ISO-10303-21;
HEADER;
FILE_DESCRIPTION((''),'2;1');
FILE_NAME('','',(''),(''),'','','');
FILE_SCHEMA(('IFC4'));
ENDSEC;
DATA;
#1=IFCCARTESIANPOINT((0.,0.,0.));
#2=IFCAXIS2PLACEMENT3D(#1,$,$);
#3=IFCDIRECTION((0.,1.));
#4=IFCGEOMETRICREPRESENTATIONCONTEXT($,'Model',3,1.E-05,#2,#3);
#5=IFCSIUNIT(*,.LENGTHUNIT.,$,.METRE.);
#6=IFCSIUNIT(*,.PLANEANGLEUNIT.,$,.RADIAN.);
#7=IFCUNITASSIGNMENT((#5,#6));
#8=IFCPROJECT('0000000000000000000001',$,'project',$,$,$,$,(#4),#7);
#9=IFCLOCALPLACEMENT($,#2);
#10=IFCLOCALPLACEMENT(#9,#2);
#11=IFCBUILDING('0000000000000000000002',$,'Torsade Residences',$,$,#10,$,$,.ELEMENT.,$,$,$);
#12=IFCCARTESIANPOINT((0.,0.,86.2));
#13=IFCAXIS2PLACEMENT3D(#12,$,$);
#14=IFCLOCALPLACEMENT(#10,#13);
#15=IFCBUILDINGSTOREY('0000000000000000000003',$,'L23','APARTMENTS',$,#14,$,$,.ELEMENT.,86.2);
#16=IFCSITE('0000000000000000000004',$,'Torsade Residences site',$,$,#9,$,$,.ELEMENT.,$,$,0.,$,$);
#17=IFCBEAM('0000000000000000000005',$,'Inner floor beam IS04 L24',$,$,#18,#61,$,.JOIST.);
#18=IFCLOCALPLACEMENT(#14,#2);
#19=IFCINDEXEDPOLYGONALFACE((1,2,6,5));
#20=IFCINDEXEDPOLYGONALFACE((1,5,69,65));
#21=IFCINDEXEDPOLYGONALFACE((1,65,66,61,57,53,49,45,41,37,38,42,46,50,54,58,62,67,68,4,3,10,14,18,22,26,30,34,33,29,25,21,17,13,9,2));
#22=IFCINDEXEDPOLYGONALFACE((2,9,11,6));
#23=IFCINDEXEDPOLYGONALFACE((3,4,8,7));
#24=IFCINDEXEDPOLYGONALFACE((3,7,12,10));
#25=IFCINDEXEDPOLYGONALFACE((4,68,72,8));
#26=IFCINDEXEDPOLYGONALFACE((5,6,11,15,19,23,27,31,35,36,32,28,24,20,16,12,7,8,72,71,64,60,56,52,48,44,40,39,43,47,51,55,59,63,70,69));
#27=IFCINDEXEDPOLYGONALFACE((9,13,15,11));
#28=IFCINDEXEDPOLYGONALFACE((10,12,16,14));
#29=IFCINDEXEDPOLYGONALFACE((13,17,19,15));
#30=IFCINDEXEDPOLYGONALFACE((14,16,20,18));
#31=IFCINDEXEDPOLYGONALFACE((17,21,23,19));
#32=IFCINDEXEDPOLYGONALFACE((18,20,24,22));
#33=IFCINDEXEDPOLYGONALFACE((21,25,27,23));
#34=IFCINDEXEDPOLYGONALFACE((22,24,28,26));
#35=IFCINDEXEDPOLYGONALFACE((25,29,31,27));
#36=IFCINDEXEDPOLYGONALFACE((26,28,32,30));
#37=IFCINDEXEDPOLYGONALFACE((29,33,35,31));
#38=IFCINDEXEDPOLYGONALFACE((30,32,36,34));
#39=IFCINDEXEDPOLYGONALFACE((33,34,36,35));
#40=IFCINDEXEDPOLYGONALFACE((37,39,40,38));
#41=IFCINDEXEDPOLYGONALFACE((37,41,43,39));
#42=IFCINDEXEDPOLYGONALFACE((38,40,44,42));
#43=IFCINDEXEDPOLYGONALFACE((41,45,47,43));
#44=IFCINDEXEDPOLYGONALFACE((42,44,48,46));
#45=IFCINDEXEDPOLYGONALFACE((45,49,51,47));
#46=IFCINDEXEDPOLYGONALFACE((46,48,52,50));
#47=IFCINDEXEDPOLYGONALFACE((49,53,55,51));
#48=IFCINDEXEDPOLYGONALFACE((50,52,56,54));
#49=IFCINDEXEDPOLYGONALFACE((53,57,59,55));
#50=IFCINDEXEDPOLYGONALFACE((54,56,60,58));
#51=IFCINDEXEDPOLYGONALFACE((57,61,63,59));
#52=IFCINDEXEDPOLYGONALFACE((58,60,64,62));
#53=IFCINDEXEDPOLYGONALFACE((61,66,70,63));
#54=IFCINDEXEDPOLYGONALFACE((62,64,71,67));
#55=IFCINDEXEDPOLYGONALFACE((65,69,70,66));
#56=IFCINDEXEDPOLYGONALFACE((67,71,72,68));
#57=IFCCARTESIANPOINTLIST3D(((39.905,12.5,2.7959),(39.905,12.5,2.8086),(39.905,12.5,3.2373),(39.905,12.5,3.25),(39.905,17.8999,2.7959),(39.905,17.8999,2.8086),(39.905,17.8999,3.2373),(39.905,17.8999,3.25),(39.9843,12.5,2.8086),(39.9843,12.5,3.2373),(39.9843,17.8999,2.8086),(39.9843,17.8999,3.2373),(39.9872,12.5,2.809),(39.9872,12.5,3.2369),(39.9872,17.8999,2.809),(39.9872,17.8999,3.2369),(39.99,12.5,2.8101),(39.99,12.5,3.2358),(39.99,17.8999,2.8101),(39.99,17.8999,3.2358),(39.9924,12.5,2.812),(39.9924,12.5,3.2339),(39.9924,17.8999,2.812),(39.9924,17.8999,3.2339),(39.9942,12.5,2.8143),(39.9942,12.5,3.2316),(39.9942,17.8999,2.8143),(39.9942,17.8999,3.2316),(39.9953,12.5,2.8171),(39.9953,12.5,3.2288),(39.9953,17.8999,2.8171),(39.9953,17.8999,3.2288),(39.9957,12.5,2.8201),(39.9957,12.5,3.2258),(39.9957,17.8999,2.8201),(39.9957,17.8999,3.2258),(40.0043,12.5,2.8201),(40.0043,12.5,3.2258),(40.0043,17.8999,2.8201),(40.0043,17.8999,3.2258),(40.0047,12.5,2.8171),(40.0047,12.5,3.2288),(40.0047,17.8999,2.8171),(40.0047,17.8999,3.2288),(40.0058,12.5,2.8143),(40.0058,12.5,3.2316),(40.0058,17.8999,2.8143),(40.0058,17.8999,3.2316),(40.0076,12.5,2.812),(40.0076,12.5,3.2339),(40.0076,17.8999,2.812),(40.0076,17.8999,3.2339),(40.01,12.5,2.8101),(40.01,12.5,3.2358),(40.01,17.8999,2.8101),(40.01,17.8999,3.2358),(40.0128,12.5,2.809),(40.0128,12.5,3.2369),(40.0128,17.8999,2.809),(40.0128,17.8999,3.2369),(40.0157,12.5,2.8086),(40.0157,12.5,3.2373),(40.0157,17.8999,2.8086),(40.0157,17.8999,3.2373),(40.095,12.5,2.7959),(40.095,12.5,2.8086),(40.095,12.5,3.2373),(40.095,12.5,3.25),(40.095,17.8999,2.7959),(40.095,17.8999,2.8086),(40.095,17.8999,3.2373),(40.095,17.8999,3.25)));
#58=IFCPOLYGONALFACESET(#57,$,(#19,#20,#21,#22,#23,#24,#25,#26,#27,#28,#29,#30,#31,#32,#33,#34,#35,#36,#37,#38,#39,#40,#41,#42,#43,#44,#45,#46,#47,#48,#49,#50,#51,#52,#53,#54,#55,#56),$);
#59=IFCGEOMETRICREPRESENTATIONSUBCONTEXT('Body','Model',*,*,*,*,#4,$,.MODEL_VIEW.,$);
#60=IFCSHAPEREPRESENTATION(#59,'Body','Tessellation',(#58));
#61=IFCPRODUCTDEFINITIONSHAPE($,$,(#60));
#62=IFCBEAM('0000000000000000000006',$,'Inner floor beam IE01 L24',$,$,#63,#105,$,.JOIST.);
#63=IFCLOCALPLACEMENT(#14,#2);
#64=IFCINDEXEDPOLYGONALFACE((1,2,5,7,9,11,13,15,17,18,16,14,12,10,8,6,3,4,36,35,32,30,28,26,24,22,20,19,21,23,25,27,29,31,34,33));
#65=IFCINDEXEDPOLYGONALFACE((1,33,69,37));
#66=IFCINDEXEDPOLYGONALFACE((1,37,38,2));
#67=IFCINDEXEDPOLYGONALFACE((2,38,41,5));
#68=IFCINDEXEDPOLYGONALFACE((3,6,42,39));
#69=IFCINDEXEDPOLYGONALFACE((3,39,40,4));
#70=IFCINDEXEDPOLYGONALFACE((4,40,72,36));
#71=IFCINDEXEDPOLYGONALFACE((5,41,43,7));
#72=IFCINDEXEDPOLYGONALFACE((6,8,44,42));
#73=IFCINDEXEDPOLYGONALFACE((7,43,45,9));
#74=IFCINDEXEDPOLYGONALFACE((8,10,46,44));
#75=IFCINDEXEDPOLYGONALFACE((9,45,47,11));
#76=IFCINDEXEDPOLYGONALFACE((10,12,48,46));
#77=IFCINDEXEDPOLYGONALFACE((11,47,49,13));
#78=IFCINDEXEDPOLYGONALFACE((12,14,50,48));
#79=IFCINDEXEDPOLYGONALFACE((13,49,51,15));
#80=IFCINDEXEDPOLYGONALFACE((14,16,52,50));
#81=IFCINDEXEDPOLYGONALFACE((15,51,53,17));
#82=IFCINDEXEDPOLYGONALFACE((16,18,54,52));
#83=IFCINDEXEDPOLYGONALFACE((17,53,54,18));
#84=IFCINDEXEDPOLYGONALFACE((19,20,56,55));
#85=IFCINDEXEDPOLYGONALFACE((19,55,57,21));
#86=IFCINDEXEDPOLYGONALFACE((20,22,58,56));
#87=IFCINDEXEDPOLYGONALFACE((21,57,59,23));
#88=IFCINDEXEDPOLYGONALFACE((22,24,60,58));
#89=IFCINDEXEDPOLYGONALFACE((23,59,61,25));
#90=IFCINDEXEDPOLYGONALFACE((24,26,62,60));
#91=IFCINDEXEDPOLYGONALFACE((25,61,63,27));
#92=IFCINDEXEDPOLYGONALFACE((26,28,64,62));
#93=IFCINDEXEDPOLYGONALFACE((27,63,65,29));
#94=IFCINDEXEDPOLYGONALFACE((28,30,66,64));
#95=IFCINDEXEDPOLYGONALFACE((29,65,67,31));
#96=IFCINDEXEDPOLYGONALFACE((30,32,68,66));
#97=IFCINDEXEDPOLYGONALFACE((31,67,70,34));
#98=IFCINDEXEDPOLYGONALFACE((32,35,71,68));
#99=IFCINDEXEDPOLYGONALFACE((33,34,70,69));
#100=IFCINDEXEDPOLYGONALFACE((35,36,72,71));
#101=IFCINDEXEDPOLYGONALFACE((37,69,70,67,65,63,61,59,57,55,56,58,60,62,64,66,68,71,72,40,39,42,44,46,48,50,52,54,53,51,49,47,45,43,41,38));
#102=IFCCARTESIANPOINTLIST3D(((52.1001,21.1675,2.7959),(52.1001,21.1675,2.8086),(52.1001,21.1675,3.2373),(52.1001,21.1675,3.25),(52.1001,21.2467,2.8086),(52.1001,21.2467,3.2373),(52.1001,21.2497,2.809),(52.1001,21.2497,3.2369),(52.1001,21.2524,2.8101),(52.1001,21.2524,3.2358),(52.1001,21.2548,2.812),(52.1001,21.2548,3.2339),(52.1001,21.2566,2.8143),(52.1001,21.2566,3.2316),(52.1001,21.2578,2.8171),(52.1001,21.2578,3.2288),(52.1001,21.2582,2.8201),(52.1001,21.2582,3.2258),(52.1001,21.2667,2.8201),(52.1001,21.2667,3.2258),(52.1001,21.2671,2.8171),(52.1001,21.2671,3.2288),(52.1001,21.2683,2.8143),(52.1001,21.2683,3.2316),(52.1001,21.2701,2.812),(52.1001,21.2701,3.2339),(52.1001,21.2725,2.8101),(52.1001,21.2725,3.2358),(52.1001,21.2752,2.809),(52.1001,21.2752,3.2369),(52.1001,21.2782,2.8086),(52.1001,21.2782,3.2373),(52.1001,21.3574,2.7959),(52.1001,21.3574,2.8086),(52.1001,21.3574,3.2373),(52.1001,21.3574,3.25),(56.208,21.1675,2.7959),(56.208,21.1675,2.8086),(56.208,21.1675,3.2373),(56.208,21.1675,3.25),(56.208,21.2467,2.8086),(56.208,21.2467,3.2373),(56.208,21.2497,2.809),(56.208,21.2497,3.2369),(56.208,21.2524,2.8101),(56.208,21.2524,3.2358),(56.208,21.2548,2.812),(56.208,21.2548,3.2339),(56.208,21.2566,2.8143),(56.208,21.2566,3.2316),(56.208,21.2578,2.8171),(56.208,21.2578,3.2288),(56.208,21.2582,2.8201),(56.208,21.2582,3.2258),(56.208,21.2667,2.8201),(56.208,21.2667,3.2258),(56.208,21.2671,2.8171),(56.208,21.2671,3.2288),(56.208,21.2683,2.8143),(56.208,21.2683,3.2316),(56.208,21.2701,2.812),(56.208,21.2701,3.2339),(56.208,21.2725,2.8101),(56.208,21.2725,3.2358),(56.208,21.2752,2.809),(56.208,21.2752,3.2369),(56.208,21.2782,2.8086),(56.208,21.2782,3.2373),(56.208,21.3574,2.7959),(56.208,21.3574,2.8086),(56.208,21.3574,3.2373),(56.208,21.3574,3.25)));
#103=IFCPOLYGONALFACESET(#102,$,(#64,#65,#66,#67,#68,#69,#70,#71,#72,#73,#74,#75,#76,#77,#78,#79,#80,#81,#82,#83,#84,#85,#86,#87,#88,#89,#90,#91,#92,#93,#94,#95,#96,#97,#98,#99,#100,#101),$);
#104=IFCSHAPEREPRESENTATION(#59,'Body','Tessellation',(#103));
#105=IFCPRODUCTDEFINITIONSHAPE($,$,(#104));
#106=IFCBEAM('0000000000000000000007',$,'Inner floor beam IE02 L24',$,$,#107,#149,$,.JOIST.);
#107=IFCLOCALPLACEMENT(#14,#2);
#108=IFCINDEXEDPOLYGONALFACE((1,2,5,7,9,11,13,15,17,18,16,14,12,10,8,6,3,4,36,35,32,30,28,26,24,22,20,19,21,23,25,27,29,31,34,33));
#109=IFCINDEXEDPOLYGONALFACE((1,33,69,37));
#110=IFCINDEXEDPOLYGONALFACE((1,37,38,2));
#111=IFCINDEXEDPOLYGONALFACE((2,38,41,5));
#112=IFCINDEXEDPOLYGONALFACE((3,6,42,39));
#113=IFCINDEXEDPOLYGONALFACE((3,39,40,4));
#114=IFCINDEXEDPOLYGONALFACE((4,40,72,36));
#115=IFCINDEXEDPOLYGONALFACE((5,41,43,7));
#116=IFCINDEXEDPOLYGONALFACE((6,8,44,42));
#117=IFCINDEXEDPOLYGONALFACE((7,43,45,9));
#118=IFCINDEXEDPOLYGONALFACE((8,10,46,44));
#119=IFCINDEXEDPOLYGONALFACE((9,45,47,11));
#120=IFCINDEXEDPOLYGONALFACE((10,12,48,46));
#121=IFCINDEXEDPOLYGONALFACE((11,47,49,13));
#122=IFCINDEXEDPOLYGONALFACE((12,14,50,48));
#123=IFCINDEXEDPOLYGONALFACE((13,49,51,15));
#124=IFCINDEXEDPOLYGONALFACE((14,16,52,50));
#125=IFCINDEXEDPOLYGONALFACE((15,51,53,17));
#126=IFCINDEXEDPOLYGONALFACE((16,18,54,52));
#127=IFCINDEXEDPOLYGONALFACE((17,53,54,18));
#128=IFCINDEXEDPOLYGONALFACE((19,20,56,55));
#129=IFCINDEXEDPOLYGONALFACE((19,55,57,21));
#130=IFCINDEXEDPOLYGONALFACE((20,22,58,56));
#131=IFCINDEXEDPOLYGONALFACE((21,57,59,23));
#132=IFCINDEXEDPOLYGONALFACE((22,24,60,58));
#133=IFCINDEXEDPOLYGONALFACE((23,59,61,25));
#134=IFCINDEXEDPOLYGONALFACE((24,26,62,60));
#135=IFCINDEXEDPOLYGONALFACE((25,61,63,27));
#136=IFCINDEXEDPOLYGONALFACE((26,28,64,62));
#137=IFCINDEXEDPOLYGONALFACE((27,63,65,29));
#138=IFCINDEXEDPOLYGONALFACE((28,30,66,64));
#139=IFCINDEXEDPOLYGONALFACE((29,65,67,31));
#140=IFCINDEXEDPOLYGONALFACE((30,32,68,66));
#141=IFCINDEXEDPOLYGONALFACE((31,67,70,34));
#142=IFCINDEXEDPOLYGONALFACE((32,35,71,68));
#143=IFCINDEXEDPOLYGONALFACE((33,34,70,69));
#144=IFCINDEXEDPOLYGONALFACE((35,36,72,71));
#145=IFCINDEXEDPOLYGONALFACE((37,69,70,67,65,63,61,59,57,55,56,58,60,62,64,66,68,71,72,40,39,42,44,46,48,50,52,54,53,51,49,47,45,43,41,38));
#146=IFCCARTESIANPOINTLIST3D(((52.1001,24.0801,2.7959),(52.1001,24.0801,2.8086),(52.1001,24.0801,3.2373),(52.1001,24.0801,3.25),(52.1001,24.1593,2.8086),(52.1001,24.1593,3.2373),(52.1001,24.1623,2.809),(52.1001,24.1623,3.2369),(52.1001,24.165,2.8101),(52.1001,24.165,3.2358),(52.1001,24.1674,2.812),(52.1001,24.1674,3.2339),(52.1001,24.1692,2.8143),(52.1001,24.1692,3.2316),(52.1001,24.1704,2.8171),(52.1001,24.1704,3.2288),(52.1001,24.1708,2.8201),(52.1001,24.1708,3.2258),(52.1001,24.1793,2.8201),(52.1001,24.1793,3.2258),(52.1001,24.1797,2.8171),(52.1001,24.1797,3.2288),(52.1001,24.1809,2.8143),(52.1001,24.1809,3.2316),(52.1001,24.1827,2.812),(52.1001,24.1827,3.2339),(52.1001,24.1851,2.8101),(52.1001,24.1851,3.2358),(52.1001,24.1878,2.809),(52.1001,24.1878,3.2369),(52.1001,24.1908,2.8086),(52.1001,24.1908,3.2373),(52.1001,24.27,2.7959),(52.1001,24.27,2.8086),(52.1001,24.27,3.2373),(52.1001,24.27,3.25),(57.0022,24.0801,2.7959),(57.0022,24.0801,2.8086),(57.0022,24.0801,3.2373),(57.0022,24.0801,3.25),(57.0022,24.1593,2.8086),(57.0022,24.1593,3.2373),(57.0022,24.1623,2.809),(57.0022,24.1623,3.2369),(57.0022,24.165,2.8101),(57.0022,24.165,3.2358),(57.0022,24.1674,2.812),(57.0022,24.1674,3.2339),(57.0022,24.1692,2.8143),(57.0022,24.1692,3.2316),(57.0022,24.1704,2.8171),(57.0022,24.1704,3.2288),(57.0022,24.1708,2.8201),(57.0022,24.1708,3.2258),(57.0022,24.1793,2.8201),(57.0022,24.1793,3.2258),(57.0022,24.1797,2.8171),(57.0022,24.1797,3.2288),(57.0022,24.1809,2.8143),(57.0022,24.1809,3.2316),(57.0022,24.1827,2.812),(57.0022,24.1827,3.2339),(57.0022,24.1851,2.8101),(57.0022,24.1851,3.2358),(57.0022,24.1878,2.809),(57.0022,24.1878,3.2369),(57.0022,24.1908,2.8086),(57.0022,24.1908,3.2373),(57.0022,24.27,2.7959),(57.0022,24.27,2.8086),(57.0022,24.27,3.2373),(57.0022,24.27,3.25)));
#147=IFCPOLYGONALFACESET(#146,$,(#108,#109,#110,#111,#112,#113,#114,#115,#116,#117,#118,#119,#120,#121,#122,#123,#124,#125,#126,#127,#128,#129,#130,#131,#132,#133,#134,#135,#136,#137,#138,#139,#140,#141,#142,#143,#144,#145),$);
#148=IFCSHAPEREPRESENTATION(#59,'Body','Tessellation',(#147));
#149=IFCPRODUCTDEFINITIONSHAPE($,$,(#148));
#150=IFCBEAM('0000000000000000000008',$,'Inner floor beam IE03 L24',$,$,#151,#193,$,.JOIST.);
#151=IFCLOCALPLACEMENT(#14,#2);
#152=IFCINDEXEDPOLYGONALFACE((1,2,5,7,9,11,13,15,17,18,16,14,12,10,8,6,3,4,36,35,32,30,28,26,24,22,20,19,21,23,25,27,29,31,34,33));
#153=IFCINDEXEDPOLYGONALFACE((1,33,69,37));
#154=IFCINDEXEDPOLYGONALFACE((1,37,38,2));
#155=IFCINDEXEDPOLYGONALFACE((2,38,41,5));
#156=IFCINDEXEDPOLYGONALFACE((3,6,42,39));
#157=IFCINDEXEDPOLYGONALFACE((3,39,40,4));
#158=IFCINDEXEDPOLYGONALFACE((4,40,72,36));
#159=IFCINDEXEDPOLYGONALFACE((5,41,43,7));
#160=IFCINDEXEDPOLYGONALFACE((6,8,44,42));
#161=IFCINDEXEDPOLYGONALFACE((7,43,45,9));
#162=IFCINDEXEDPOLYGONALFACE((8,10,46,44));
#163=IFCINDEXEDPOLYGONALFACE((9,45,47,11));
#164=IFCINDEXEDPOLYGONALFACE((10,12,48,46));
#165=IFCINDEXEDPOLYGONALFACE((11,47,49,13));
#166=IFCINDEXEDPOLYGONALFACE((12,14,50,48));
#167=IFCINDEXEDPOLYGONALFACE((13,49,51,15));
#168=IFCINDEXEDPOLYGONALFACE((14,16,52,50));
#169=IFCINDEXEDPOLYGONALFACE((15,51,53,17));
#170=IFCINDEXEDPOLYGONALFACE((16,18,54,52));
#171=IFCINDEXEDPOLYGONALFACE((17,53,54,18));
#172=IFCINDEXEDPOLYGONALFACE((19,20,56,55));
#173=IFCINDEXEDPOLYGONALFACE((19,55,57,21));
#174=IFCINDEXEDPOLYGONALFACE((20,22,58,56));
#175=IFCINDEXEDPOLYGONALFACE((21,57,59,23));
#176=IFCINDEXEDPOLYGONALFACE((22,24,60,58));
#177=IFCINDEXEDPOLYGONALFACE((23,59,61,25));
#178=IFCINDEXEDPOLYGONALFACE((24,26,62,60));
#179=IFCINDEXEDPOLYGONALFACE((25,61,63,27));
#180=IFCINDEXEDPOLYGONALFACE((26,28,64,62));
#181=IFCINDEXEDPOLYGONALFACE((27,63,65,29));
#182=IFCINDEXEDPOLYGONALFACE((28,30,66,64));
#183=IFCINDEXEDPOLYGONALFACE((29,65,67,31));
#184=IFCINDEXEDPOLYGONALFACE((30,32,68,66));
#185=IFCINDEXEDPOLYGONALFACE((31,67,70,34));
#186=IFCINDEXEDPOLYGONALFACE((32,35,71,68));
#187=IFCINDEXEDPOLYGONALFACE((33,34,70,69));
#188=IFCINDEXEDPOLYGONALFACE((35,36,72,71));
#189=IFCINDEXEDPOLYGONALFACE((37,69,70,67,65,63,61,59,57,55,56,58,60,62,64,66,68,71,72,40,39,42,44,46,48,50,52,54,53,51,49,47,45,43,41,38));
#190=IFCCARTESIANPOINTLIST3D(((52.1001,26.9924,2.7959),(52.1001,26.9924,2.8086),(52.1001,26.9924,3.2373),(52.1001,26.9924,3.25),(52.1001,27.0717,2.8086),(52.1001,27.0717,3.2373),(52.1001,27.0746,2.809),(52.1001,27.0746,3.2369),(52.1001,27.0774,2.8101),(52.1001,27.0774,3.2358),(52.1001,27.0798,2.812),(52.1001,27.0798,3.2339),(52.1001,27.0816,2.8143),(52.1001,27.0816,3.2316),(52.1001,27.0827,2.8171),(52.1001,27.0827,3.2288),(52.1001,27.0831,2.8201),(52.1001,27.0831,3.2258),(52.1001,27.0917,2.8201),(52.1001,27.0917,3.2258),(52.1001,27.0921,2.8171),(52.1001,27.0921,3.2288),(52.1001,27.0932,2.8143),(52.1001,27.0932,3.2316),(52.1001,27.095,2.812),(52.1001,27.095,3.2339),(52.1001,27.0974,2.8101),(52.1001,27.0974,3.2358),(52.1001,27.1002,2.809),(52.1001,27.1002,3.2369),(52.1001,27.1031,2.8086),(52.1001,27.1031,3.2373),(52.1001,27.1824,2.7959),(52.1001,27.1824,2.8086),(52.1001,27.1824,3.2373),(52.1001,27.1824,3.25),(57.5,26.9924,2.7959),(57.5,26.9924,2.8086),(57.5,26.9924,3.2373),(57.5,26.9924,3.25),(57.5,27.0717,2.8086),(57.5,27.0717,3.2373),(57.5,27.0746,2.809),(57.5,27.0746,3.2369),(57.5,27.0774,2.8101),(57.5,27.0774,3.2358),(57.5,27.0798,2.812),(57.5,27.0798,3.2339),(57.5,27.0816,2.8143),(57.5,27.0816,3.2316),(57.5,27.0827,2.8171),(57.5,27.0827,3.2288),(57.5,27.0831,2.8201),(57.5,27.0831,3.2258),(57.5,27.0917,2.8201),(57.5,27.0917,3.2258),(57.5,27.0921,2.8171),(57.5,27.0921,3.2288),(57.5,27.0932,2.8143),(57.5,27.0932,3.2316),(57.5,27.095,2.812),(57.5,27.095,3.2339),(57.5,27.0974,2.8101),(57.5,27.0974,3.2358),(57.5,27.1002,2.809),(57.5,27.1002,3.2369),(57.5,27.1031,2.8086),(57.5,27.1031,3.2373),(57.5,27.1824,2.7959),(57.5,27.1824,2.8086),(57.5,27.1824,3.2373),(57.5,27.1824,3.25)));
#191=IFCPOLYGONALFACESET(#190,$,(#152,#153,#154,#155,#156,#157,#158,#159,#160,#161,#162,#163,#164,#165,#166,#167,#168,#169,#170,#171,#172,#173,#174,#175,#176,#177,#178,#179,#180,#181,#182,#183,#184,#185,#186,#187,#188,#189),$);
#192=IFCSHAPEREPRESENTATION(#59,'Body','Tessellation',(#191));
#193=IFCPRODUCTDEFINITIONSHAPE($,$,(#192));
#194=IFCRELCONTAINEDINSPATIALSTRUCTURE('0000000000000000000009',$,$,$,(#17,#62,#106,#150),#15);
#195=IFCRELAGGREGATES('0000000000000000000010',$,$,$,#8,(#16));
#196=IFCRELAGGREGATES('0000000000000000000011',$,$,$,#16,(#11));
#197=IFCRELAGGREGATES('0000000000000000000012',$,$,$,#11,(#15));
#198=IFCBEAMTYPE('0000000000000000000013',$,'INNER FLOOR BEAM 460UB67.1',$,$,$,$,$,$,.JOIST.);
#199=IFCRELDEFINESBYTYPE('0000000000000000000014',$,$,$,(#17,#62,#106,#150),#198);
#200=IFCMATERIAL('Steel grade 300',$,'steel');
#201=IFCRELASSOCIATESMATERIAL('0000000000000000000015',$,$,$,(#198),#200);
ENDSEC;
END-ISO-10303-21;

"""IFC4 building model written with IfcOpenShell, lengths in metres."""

from ifc_helpers import new_model, si_unit, direction, frame, origin, origin_2d, place, context, subcontext, project, spatial, i_section, extrude, material, material_profile, profile_set, type_object, element, save


model = new_model("IFC4")

# Units and contexts
model_context = context("Model", 3, precision=1e-05, world=origin(), true_north=direction((0.0, 1.0)))
body_context = subcontext(model_context, "Body", "Model", "MODEL_VIEW")
ifc_project = project(units=[si_unit("LENGTHUNIT", "METRE"), si_unit("PLANEANGLEUNIT", "RADIAN")], contexts=[model_context])

# Site, building, storey
site_placement = place(None, origin())
site = spatial("IfcSite", under=ifc_project, at=site_placement, Name="Torsade Residences site", CompositionType="ELEMENT", RefElevation=0.0)
building_placement = place(site_placement, origin())
building = spatial("IfcBuilding", under=site, at=building_placement, Name="Torsade Residences", CompositionType="ELEMENT")
storey_placement = place(building_placement, frame((0.0, 0.0, 86.2)))
storey = spatial("IfcBuildingStorey", under=building, at=storey_placement, Name="L23", Description="APARTMENTS", CompositionType="ELEMENT", Elevation=86.2)

# Beams
ifc_material_1 = material(Name="Steel grade 300", Category="steel")
ifc_material_profile_1 = material_profile(ifc_material_1, i_section(OverallWidth=0.1899, OverallDepth=0.4541, WebThickness=0.0085, FlangeThickness=0.0127, FilletRadius=0.0115, at=origin_2d()), Name="460UB67.1")
ifc_profile_set_1 = profile_set([ifc_material_profile_1], Name="Steel grade 300")
beam_type_1 = type_object("IfcBeamType", Name="INNER FLOOR BEAM 460UB67.1", PredefinedType="JOIST", material=ifc_profile_set_1)
for number, where, z_axis, x_axis, name in (
    (1, (40.0, 17.8999, 3.0229), (0.0, -1.0, 0.0), (1.0, 0.0, 0.0), "Inner floor beam IS04 L24"),
):
    element("IfcBeam", number, at=place(storey_placement, frame(where, z_axis=z_axis, x_axis=x_axis)), inside=storey, type_object=beam_type_1, Name=name, PredefinedType="JOIST", context=body_context, shape_type="SweptSolid", body=[
        extrude(i_section(OverallWidth=0.1899, OverallDepth=0.4541, WebThickness=0.0085, FlangeThickness=0.0127, FilletRadius=0.0115, at=origin_2d()), origin(), (0.0, 0.0, 1.0), 5.3999),
    ])
beam_1_placement = place(storey_placement, frame((52.1001, 21.2625, 3.0229), z_axis=(1.0, 0.0, 0.0), x_axis=(0.0, 1.0, 0.0)))
element("IfcBeam", 2, at=beam_1_placement, inside=storey, type_object=beam_type_1, Name="Inner floor beam IE01 L24", PredefinedType="JOIST", context=body_context, shape_type="SweptSolid", body=[
    extrude(i_section(OverallWidth=0.1899, OverallDepth=0.4541, WebThickness=0.0085, FlangeThickness=0.0127, FilletRadius=0.0115, at=origin_2d()), origin(), (0.0, 0.0, 1.0), 4.1079),
])
beam_2_placement = place(storey_placement, frame((52.1001, 24.175, 3.0229), z_axis=(1.0, 0.0, 0.0), x_axis=(0.0, 1.0, 0.0)))
element("IfcBeam", 3, at=beam_2_placement, inside=storey, type_object=beam_type_1, Name="Inner floor beam IE02 L24", PredefinedType="JOIST", context=body_context, shape_type="SweptSolid", body=[
    extrude(i_section(OverallWidth=0.1899, OverallDepth=0.4541, WebThickness=0.0085, FlangeThickness=0.0127, FilletRadius=0.0115, at=origin_2d()), origin(), (0.0, 0.0, 1.0), 4.9021),
])
beam_3_placement = place(storey_placement, frame((52.1001, 27.0874, 3.0229), z_axis=(1.0, 0.0, 0.0), x_axis=(0.0, 1.0, 0.0)))
element("IfcBeam", 4, at=beam_3_placement, inside=storey, type_object=beam_type_1, Name="Inner floor beam IE03 L24", PredefinedType="JOIST", context=body_context, shape_type="SweptSolid", body=[
    extrude(i_section(OverallWidth=0.1899, OverallDepth=0.4541, WebThickness=0.0085, FlangeThickness=0.0127, FilletRadius=0.0115, at=origin_2d()), origin(), (0.0, 0.0, 1.0), 5.3999),
])

save(model, "model.ifc")
